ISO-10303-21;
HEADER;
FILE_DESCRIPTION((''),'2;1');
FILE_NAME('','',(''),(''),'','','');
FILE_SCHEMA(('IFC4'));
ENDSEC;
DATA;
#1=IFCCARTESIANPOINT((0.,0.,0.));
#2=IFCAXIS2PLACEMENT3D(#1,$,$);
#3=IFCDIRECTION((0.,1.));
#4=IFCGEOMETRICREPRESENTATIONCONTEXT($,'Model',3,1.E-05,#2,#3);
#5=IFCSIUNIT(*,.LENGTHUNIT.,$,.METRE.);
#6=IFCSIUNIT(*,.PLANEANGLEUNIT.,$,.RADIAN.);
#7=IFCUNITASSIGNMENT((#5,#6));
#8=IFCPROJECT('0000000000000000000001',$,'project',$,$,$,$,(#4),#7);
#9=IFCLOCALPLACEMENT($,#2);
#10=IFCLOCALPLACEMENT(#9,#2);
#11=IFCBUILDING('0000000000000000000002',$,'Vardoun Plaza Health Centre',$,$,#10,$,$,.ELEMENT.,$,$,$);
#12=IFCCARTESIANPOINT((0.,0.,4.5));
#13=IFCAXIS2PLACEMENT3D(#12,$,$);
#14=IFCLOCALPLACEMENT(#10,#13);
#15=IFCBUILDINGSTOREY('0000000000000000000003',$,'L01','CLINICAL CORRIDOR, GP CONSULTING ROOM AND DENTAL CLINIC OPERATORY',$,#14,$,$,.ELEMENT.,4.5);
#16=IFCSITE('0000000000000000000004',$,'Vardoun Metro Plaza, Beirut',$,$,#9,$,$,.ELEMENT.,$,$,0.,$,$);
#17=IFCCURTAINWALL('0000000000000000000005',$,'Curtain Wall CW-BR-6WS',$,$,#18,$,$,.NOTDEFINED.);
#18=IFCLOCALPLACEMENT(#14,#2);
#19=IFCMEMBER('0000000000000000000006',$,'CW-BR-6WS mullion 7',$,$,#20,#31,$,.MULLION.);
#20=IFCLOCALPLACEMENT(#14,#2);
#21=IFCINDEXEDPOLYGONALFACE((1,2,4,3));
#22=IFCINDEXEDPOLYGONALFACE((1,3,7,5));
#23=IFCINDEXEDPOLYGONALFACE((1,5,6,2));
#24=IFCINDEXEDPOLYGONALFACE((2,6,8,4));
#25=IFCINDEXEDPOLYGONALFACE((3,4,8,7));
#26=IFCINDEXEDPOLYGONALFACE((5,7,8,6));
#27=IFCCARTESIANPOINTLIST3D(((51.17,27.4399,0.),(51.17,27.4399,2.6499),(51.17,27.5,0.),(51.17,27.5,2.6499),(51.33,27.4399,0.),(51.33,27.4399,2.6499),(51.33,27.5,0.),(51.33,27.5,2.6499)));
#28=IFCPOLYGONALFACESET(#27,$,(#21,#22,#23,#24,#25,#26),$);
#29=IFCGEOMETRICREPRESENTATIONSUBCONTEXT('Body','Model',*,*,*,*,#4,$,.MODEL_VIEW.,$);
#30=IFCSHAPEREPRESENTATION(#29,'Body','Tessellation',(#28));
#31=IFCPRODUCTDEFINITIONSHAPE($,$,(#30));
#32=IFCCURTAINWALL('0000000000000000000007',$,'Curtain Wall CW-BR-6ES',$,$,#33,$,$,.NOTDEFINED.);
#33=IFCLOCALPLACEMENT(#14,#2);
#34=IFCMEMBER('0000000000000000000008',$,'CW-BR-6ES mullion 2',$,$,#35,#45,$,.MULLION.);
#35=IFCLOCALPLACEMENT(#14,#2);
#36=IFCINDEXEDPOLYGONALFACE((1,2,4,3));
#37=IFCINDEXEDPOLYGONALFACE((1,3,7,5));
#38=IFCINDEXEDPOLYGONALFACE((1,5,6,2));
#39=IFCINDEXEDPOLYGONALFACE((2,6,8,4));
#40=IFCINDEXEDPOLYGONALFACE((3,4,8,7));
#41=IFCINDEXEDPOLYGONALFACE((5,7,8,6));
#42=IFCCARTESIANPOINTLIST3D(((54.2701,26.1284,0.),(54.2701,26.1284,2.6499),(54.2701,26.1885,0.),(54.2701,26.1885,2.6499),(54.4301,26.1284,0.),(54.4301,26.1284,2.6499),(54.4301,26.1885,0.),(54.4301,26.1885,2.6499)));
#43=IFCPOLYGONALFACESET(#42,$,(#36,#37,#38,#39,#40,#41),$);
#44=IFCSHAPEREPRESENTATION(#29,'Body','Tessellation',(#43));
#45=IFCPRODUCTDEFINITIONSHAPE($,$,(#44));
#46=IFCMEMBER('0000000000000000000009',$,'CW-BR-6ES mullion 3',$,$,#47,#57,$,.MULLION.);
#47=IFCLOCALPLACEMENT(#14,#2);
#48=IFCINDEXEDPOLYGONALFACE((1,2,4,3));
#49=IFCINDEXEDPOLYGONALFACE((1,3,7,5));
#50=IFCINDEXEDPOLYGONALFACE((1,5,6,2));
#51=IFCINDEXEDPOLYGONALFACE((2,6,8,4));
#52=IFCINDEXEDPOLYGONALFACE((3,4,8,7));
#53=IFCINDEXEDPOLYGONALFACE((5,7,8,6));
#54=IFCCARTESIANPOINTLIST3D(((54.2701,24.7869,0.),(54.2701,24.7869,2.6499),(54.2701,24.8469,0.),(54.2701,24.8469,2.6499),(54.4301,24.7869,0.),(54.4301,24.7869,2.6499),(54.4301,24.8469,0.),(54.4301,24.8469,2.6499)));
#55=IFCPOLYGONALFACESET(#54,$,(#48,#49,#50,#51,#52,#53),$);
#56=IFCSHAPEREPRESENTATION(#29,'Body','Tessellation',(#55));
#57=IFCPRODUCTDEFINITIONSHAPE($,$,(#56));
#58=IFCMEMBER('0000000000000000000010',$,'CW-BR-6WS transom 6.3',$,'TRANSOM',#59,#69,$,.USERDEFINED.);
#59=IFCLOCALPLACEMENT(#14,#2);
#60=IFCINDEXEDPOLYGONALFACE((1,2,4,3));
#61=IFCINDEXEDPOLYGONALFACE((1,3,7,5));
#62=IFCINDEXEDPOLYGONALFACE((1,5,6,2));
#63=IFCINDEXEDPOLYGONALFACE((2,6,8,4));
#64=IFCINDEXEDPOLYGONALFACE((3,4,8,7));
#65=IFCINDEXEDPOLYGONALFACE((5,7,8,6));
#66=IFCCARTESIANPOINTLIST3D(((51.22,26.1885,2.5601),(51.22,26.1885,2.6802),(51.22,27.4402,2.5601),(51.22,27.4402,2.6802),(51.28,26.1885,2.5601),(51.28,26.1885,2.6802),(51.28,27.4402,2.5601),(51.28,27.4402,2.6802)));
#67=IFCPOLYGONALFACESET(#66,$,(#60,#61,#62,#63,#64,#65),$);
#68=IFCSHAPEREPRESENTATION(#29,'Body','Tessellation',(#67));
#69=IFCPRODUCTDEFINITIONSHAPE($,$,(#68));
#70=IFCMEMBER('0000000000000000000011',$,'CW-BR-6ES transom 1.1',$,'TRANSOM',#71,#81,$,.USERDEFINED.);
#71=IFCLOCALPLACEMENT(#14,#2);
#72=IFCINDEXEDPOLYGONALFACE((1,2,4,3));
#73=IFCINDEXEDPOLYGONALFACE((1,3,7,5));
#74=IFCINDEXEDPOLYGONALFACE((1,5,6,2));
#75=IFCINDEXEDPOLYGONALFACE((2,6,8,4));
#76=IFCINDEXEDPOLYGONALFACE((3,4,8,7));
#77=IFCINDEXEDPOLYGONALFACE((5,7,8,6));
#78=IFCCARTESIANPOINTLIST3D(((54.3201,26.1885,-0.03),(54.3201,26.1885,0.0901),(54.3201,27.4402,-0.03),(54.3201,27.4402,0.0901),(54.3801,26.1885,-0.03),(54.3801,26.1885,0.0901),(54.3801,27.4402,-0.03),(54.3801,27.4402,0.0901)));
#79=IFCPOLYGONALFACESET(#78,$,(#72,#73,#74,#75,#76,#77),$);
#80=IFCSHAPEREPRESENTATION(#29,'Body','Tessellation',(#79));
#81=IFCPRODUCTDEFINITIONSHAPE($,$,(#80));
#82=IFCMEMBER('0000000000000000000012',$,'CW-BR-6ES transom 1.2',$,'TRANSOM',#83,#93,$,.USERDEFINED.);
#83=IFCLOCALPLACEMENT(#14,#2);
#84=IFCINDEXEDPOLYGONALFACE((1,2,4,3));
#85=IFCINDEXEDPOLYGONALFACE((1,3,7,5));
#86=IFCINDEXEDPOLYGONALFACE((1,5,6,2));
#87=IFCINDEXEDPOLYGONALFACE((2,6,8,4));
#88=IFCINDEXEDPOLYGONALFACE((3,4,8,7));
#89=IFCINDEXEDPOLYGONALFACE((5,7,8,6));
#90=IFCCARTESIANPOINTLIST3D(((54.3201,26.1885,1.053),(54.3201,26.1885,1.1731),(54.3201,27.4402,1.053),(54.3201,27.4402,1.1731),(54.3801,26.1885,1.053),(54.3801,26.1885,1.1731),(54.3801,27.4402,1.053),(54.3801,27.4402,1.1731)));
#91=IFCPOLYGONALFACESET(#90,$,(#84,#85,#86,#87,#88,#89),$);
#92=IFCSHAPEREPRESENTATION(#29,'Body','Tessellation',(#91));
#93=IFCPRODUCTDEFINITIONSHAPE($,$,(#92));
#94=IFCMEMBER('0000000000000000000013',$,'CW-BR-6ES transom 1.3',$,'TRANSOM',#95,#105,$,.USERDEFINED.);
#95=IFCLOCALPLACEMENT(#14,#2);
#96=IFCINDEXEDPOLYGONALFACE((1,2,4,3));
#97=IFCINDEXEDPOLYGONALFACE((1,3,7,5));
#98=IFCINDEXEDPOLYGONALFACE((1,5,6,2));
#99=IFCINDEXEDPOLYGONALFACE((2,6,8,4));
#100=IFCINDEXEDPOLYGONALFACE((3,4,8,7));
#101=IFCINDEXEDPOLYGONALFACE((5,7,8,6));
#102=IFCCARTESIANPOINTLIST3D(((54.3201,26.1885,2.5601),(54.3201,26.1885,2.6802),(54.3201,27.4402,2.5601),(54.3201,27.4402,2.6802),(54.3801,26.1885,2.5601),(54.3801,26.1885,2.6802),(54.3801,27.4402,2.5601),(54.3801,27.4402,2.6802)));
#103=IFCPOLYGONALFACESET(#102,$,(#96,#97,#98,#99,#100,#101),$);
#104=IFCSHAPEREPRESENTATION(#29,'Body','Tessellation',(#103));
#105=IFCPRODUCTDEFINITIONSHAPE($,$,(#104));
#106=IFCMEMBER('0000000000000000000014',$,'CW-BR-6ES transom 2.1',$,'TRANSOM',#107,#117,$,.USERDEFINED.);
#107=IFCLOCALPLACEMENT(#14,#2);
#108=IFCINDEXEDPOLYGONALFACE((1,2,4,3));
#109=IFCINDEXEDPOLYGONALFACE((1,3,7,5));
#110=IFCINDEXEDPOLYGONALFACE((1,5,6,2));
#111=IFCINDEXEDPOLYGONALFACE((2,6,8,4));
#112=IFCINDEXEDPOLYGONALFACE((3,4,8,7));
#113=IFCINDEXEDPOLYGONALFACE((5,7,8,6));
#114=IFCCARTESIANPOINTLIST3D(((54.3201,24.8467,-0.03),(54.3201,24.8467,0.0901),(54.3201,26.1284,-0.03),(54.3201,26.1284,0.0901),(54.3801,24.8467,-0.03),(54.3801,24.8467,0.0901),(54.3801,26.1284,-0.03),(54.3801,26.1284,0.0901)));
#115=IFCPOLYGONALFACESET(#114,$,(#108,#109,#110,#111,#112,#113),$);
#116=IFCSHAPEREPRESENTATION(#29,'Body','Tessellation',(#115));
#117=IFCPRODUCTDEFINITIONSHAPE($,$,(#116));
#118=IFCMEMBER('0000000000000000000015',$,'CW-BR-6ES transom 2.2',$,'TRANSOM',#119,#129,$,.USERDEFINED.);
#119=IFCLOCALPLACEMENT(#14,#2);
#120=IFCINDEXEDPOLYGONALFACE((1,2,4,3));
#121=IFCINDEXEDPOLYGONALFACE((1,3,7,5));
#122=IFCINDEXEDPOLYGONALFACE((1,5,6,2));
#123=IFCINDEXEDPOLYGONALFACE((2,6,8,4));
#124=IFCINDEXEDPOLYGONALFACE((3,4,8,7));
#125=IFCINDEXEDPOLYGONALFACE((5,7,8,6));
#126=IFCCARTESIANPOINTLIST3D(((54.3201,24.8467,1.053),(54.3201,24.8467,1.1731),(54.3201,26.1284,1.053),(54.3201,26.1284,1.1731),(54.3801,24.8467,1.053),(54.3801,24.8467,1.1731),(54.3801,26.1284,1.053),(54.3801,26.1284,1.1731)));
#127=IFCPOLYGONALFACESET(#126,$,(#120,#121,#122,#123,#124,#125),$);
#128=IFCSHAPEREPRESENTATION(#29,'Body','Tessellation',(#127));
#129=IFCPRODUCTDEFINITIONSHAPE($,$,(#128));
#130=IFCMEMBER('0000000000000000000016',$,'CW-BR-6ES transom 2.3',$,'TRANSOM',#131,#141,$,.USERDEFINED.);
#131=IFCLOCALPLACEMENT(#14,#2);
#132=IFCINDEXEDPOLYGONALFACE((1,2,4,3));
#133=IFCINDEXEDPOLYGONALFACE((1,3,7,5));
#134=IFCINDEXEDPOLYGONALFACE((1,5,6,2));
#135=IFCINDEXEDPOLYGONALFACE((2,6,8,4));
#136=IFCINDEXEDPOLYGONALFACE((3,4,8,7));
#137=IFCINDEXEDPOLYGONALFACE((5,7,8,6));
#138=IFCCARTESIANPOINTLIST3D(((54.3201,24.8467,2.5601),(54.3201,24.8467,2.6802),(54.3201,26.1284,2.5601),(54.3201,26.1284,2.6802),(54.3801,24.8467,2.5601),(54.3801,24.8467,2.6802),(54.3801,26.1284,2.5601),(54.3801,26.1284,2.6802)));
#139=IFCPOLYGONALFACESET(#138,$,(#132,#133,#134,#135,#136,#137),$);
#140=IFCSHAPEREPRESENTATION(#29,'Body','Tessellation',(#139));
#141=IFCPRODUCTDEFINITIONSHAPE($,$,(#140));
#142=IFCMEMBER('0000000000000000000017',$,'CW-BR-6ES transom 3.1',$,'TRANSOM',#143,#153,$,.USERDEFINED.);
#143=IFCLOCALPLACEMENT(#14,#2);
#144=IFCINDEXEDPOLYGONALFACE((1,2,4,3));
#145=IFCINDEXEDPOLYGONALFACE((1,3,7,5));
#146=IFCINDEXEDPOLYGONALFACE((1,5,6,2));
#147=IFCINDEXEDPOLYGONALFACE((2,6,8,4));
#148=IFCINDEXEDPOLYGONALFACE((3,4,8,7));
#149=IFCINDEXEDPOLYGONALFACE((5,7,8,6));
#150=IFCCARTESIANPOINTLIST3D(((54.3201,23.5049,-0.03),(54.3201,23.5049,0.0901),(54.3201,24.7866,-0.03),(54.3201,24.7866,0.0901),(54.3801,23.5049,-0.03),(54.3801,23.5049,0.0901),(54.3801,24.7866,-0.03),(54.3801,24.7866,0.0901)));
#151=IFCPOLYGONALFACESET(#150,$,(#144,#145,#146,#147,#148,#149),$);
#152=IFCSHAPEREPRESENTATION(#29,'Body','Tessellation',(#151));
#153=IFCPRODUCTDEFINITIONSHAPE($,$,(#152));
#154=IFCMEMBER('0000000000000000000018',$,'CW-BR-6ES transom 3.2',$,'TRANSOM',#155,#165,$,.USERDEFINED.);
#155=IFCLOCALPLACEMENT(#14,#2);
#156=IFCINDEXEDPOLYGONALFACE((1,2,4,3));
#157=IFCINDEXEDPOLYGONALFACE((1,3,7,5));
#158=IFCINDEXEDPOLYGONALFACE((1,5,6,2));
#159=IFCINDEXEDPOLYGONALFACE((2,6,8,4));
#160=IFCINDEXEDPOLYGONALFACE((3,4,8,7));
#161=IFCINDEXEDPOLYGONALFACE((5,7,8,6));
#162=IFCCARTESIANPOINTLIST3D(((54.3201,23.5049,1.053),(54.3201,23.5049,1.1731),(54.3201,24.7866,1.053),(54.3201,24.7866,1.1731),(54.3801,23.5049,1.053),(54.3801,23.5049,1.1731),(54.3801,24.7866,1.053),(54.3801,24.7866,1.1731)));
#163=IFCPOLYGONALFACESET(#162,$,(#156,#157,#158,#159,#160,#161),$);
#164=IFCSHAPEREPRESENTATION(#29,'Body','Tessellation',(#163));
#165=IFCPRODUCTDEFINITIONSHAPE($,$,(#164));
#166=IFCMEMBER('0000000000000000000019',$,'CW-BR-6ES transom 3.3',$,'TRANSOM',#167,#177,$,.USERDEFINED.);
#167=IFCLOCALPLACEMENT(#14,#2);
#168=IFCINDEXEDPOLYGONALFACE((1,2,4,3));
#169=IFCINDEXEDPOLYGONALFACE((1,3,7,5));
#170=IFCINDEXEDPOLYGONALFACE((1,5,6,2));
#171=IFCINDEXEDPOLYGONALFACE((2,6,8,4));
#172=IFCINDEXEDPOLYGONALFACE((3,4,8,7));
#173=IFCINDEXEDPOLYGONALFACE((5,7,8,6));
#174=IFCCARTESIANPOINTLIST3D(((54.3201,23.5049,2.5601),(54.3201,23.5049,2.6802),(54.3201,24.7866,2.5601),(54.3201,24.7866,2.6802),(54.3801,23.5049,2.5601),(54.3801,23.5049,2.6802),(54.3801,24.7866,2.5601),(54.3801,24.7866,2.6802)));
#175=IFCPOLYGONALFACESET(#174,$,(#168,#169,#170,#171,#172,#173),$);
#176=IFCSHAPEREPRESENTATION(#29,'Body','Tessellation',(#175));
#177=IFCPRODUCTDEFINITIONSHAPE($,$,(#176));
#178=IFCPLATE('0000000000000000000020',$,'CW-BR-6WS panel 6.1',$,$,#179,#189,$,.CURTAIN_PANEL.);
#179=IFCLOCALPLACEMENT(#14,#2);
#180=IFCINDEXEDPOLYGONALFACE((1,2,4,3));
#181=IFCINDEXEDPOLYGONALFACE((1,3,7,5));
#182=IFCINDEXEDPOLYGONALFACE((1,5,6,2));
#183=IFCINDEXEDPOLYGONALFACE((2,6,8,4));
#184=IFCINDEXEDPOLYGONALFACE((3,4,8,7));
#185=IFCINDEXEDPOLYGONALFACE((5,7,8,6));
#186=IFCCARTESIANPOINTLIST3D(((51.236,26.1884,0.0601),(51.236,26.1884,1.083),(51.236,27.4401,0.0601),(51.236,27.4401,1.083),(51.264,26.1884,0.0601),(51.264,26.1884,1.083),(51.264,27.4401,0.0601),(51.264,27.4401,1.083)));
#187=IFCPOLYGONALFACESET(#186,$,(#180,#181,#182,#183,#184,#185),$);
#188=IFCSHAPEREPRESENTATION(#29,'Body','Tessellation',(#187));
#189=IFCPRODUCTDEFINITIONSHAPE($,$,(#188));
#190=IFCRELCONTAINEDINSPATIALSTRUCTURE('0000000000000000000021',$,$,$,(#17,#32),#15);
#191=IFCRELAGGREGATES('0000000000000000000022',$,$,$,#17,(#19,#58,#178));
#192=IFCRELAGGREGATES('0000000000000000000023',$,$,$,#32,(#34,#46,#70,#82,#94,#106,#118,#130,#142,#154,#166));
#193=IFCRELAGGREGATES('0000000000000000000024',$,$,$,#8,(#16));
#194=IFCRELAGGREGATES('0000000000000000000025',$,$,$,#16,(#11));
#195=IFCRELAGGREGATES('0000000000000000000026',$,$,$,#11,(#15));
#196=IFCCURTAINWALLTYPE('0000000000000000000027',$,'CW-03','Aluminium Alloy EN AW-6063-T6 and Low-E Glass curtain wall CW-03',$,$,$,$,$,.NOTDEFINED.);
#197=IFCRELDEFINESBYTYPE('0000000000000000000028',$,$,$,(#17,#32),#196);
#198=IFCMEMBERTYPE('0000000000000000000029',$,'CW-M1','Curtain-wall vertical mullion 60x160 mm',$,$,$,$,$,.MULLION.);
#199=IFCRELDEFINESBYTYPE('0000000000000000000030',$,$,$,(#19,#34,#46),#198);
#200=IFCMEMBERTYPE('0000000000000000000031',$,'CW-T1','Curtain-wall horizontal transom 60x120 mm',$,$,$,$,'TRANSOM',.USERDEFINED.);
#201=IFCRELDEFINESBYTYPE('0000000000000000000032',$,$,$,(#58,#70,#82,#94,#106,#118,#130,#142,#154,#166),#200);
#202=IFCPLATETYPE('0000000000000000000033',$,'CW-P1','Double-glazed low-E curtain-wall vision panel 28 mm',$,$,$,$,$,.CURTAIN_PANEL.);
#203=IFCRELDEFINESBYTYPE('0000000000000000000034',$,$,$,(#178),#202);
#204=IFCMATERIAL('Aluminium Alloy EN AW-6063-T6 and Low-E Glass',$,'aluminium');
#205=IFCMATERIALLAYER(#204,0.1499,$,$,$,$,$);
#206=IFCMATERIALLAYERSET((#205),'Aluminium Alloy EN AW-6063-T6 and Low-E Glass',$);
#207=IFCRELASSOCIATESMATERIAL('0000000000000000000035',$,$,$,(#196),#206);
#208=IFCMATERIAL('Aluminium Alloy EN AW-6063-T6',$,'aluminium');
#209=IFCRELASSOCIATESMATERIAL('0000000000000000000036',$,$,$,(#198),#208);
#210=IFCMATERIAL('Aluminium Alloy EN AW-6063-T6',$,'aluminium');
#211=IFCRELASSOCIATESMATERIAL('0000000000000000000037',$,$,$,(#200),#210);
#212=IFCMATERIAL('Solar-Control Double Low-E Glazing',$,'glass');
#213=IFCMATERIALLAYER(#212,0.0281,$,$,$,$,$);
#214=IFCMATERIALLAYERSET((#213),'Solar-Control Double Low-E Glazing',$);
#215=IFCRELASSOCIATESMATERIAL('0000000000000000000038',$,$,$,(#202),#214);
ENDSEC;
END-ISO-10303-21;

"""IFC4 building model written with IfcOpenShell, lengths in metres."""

from ifc_helpers import new_model, si_unit, direction, frame, origin, origin_2d, place, context, subcontext, project, spatial, rectangle, extrude, material, layer, layer_set, material_profile, profile_set, type_object, element, aggregate, save


model = new_model("IFC4")

# Units and contexts
model_context = context("Model", 3, precision=1e-05, world=origin(), true_north=direction((0.0, 1.0)))
body_context = subcontext(model_context, "Body", "Model", "MODEL_VIEW")
ifc_project = project(units=[si_unit("LENGTHUNIT", "METRE"), si_unit("PLANEANGLEUNIT", "RADIAN")], contexts=[model_context])

# Site, building, storey
site_placement = place(None, origin())
site = spatial("IfcSite", under=ifc_project, at=site_placement, Name="Vardoun Metro Plaza, Beirut", CompositionType="ELEMENT", RefElevation=0.0)
building_placement = place(site_placement, origin())
building = spatial("IfcBuilding", under=site, at=building_placement, Name="Vardoun Plaza Health Centre", CompositionType="ELEMENT")
storey_placement = place(building_placement, frame((0.0, 0.0, 4.5)))
storey = spatial("IfcBuildingStorey", under=building, at=storey_placement, Name="L01", Description="CLINICAL CORRIDOR, GP CONSULTING ROOM AND DENTAL CLINIC OPERATORY", CompositionType="ELEMENT", Elevation=4.5)

# Curtain wall, member
ifc_material_1 = material(Name="Aluminium Alloy EN AW-6063-T6 and Low-E Glass", Category="aluminium")
ifc_layer_1 = layer(ifc_material_1, 0.1499)
ifc_layer_set_1 = layer_set([ifc_layer_1], Name="Aluminium Alloy EN AW-6063-T6 and Low-E Glass")
curtain_wall_type = type_object("IfcCurtainWallType", Name="CW-03", Description="Aluminium Alloy EN AW-6063-T6 and Low-E Glass curtain wall CW-03", PredefinedType="NOTDEFINED", material=ifc_layer_set_1)
curtain_wall_1_placement = place(storey_placement, origin())
curtain_wall_1 = element("IfcCurtainWall", 1, at=curtain_wall_1_placement, inside=storey, type_object=curtain_wall_type, Name="Curtain Wall CW-BR-6WS", PredefinedType="NOTDEFINED")
ifc_material_2 = material(Name="Aluminium Alloy EN AW-6063-T6", Category="aluminium")
ifc_material_profile_1 = material_profile(ifc_material_2, rectangle(XDim=0.1599, YDim=0.0601, at=origin_2d()), Name="CWM 60x160")
ifc_profile_set_1 = profile_set([ifc_material_profile_1], Name="Aluminium Alloy EN AW-6063-T6")
member_type_1 = type_object("IfcMemberType", Name="CW-M1", Description="Curtain-wall vertical mullion 60x160 mm", PredefinedType="MULLION", material=ifc_profile_set_1)
member_1_placement = place(storey_placement, frame((51.25, 27.47, 0.0), z_axis=(0.0, 0.0, 1.0), x_axis=(-1.0, 0.0, 0.0)))
member_1 = element("IfcMember", 2, at=member_1_placement, type_object=member_type_1, Name="CW-BR-6WS mullion 7", PredefinedType="MULLION", context=body_context, shape_type="SweptSolid", body=[
    extrude(rectangle(XDim=0.1599, YDim=0.0601, at=origin_2d()), origin(), (0.0, 0.0, 1.0), 2.6499),
])

# Curtain wall, members
curtain_wall_2_placement = place(storey_placement, origin())
curtain_wall_2 = element("IfcCurtainWall", 3, at=curtain_wall_2_placement, inside=storey, type_object=curtain_wall_type, Name="Curtain Wall CW-BR-6ES", PredefinedType="NOTDEFINED")
member_2_placement = place(storey_placement, frame((54.3501, 26.1584, 0.0), z_axis=(0.0, 0.0, 1.0), x_axis=(1.0, 0.0, 0.0)))
member_2 = element("IfcMember", 4, at=member_2_placement, type_object=member_type_1, Name="CW-BR-6ES mullion 2", PredefinedType="MULLION", context=body_context, shape_type="SweptSolid", body=[
    extrude(rectangle(XDim=0.1599, YDim=0.0601, at=origin_2d()), origin(), (0.0, 0.0, 1.0), 2.6499),
])
member_3_placement = place(storey_placement, frame((54.3501, 24.8169, 0.0), z_axis=(0.0, 0.0, 1.0), x_axis=(1.0, 0.0, 0.0)))
member_3 = element("IfcMember", 5, at=member_3_placement, type_object=member_type_1, Name="CW-BR-6ES mullion 3", PredefinedType="MULLION", context=body_context, shape_type="SweptSolid", body=[
    extrude(rectangle(XDim=0.1599, YDim=0.0601, at=origin_2d()), origin(), (0.0, 0.0, 1.0), 2.6499),
])

# Members
ifc_material_3 = material(Name="Aluminium Alloy EN AW-6063-T6", Category="aluminium")
ifc_material_profile_2 = material_profile(ifc_material_3, rectangle(XDim=0.0601, YDim=0.1201, at=origin_2d()), Name="CWT 60x120")
ifc_profile_set_2 = profile_set([ifc_material_profile_2], Name="Aluminium Alloy EN AW-6063-T6")
member_type_2 = type_object("IfcMemberType", Name="CW-T1", Description="Curtain-wall horizontal transom 60x120 mm", ElementType="TRANSOM", PredefinedType="USERDEFINED", material=ifc_profile_set_2)
member_4_placement = place(storey_placement, frame((51.25, 26.1885, 2.6201), z_axis=(0.0, 1.0, 0.0), x_axis=(-1.0, 0.0, 0.0)))
member_4 = element("IfcMember", 6, at=member_4_placement, type_object=member_type_2, Name="CW-BR-6WS transom 6.3", ObjectType="TRANSOM", PredefinedType="USERDEFINED", context=body_context, shape_type="SweptSolid", body=[
    extrude(rectangle(XDim=0.0601, YDim=0.1201, at=origin_2d()), origin(), (0.0, 0.0, 1.0), 1.2517),
])
member_5_placement = place(storey_placement, frame((54.3501, 27.4402, 0.03), z_axis=(0.0, -1.0, 0.0), x_axis=(1.0, 0.0, 0.0)))
member_5 = element("IfcMember", 7, at=member_5_placement, type_object=member_type_2, Name="CW-BR-6ES transom 1.1", ObjectType="TRANSOM", PredefinedType="USERDEFINED", context=body_context, shape_type="SweptSolid", body=[
    extrude(rectangle(XDim=0.0601, YDim=0.1201, at=origin_2d()), origin(), (0.0, 0.0, 1.0), 1.2517),
])
member_6_placement = place(storey_placement, frame((54.3501, 27.4402, 1.113), z_axis=(0.0, -1.0, 0.0), x_axis=(1.0, 0.0, 0.0)))
member_6 = element("IfcMember", 8, at=member_6_placement, type_object=member_type_2, Name="CW-BR-6ES transom 1.2", ObjectType="TRANSOM", PredefinedType="USERDEFINED", context=body_context, shape_type="SweptSolid", body=[
    extrude(rectangle(XDim=0.0601, YDim=0.1201, at=origin_2d()), origin(), (0.0, 0.0, 1.0), 1.2517),
])
member_7_placement = place(storey_placement, frame((54.3501, 27.4402, 2.6201), z_axis=(0.0, -1.0, 0.0), x_axis=(1.0, 0.0, 0.0)))
member_7 = element("IfcMember", 9, at=member_7_placement, type_object=member_type_2, Name="CW-BR-6ES transom 1.3", ObjectType="TRANSOM", PredefinedType="USERDEFINED", context=body_context, shape_type="SweptSolid", body=[
    extrude(rectangle(XDim=0.0601, YDim=0.1201, at=origin_2d()), origin(), (0.0, 0.0, 1.0), 1.2517),
])
member_8_placement = place(storey_placement, frame((54.3501, 26.1284, 0.03), z_axis=(0.0, -1.0, 0.0), x_axis=(1.0, 0.0, 0.0)))
member_8 = element("IfcMember", 10, at=member_8_placement, type_object=member_type_2, Name="CW-BR-6ES transom 2.1", ObjectType="TRANSOM", PredefinedType="USERDEFINED", context=body_context, shape_type="SweptSolid", body=[
    extrude(rectangle(XDim=0.0601, YDim=0.1201, at=origin_2d()), origin(), (0.0, 0.0, 1.0), 1.2817),
])
member_9_placement = place(storey_placement, frame((54.3501, 26.1284, 1.113), z_axis=(0.0, -1.0, 0.0), x_axis=(1.0, 0.0, 0.0)))
member_9 = element("IfcMember", 11, at=member_9_placement, type_object=member_type_2, Name="CW-BR-6ES transom 2.2", ObjectType="TRANSOM", PredefinedType="USERDEFINED", context=body_context, shape_type="SweptSolid", body=[
    extrude(rectangle(XDim=0.0601, YDim=0.1201, at=origin_2d()), origin(), (0.0, 0.0, 1.0), 1.2817),
])
member_10_placement = place(storey_placement, frame((54.3501, 26.1284, 2.6201), z_axis=(0.0, -1.0, 0.0), x_axis=(1.0, 0.0, 0.0)))
member_10 = element("IfcMember", 12, at=member_10_placement, type_object=member_type_2, Name="CW-BR-6ES transom 2.3", ObjectType="TRANSOM", PredefinedType="USERDEFINED", context=body_context, shape_type="SweptSolid", body=[
    extrude(rectangle(XDim=0.0601, YDim=0.1201, at=origin_2d()), origin(), (0.0, 0.0, 1.0), 1.2817),
])
member_11_placement = place(storey_placement, frame((54.3501, 24.7866, 0.03), z_axis=(0.0, -1.0, 0.0), x_axis=(1.0, 0.0, 0.0)))
member_11 = element("IfcMember", 13, at=member_11_placement, type_object=member_type_2, Name="CW-BR-6ES transom 3.1", ObjectType="TRANSOM", PredefinedType="USERDEFINED", context=body_context, shape_type="SweptSolid", body=[
    extrude(rectangle(XDim=0.0601, YDim=0.1201, at=origin_2d()), origin(), (0.0, 0.0, 1.0), 1.2817),
])
member_12_placement = place(storey_placement, frame((54.3501, 24.7866, 1.113), z_axis=(0.0, -1.0, 0.0), x_axis=(1.0, 0.0, 0.0)))
member_12 = element("IfcMember", 14, at=member_12_placement, type_object=member_type_2, Name="CW-BR-6ES transom 3.2", ObjectType="TRANSOM", PredefinedType="USERDEFINED", context=body_context, shape_type="SweptSolid", body=[
    extrude(rectangle(XDim=0.0601, YDim=0.1201, at=origin_2d()), origin(), (0.0, 0.0, 1.0), 1.2817),
])
member_13_placement = place(storey_placement, frame((54.3501, 24.7866, 2.6201), z_axis=(0.0, -1.0, 0.0), x_axis=(1.0, 0.0, 0.0)))
member_13 = element("IfcMember", 15, at=member_13_placement, type_object=member_type_2, Name="CW-BR-6ES transom 3.3", ObjectType="TRANSOM", PredefinedType="USERDEFINED", context=body_context, shape_type="SweptSolid", body=[
    extrude(rectangle(XDim=0.0601, YDim=0.1201, at=origin_2d()), origin(), (0.0, 0.0, 1.0), 1.2817),
])

# Plate
ifc_material_4 = material(Name="Solar-Control Double Low-E Glazing", Category="glass")
ifc_layer_2 = layer(ifc_material_4, 0.0281)
ifc_layer_set_2 = layer_set([ifc_layer_2], Name="Solar-Control Double Low-E Glazing")
plate_type = type_object("IfcPlateType", Name="CW-P1", Description="Double-glazed low-E curtain-wall vision panel 28 mm", PredefinedType="CURTAIN_PANEL", material=ifc_layer_set_2)
plate_1_placement = place(storey_placement, frame((51.25, 26.8142, 0.0601), z_axis=(0.0, 0.0, 1.0), x_axis=(0.0, 1.0, 0.0)))
plate_1 = element("IfcPlate", 16, at=plate_1_placement, type_object=plate_type, Name="CW-BR-6WS panel 6.1", PredefinedType="CURTAIN_PANEL", context=body_context, shape_type="SweptSolid", body=[
    extrude(rectangle(XDim=1.2517, YDim=0.0281, at=origin_2d()), origin(), (0.0, 0.0, 1.0), 1.0229),
])
aggregate(curtain_wall_1, [member_1, member_4, plate_1])
aggregate(curtain_wall_2, [member_2, member_3, member_5, member_6, member_7, member_8, member_9, member_10, member_11, member_12, member_13])

save(model, "model.ifc")
